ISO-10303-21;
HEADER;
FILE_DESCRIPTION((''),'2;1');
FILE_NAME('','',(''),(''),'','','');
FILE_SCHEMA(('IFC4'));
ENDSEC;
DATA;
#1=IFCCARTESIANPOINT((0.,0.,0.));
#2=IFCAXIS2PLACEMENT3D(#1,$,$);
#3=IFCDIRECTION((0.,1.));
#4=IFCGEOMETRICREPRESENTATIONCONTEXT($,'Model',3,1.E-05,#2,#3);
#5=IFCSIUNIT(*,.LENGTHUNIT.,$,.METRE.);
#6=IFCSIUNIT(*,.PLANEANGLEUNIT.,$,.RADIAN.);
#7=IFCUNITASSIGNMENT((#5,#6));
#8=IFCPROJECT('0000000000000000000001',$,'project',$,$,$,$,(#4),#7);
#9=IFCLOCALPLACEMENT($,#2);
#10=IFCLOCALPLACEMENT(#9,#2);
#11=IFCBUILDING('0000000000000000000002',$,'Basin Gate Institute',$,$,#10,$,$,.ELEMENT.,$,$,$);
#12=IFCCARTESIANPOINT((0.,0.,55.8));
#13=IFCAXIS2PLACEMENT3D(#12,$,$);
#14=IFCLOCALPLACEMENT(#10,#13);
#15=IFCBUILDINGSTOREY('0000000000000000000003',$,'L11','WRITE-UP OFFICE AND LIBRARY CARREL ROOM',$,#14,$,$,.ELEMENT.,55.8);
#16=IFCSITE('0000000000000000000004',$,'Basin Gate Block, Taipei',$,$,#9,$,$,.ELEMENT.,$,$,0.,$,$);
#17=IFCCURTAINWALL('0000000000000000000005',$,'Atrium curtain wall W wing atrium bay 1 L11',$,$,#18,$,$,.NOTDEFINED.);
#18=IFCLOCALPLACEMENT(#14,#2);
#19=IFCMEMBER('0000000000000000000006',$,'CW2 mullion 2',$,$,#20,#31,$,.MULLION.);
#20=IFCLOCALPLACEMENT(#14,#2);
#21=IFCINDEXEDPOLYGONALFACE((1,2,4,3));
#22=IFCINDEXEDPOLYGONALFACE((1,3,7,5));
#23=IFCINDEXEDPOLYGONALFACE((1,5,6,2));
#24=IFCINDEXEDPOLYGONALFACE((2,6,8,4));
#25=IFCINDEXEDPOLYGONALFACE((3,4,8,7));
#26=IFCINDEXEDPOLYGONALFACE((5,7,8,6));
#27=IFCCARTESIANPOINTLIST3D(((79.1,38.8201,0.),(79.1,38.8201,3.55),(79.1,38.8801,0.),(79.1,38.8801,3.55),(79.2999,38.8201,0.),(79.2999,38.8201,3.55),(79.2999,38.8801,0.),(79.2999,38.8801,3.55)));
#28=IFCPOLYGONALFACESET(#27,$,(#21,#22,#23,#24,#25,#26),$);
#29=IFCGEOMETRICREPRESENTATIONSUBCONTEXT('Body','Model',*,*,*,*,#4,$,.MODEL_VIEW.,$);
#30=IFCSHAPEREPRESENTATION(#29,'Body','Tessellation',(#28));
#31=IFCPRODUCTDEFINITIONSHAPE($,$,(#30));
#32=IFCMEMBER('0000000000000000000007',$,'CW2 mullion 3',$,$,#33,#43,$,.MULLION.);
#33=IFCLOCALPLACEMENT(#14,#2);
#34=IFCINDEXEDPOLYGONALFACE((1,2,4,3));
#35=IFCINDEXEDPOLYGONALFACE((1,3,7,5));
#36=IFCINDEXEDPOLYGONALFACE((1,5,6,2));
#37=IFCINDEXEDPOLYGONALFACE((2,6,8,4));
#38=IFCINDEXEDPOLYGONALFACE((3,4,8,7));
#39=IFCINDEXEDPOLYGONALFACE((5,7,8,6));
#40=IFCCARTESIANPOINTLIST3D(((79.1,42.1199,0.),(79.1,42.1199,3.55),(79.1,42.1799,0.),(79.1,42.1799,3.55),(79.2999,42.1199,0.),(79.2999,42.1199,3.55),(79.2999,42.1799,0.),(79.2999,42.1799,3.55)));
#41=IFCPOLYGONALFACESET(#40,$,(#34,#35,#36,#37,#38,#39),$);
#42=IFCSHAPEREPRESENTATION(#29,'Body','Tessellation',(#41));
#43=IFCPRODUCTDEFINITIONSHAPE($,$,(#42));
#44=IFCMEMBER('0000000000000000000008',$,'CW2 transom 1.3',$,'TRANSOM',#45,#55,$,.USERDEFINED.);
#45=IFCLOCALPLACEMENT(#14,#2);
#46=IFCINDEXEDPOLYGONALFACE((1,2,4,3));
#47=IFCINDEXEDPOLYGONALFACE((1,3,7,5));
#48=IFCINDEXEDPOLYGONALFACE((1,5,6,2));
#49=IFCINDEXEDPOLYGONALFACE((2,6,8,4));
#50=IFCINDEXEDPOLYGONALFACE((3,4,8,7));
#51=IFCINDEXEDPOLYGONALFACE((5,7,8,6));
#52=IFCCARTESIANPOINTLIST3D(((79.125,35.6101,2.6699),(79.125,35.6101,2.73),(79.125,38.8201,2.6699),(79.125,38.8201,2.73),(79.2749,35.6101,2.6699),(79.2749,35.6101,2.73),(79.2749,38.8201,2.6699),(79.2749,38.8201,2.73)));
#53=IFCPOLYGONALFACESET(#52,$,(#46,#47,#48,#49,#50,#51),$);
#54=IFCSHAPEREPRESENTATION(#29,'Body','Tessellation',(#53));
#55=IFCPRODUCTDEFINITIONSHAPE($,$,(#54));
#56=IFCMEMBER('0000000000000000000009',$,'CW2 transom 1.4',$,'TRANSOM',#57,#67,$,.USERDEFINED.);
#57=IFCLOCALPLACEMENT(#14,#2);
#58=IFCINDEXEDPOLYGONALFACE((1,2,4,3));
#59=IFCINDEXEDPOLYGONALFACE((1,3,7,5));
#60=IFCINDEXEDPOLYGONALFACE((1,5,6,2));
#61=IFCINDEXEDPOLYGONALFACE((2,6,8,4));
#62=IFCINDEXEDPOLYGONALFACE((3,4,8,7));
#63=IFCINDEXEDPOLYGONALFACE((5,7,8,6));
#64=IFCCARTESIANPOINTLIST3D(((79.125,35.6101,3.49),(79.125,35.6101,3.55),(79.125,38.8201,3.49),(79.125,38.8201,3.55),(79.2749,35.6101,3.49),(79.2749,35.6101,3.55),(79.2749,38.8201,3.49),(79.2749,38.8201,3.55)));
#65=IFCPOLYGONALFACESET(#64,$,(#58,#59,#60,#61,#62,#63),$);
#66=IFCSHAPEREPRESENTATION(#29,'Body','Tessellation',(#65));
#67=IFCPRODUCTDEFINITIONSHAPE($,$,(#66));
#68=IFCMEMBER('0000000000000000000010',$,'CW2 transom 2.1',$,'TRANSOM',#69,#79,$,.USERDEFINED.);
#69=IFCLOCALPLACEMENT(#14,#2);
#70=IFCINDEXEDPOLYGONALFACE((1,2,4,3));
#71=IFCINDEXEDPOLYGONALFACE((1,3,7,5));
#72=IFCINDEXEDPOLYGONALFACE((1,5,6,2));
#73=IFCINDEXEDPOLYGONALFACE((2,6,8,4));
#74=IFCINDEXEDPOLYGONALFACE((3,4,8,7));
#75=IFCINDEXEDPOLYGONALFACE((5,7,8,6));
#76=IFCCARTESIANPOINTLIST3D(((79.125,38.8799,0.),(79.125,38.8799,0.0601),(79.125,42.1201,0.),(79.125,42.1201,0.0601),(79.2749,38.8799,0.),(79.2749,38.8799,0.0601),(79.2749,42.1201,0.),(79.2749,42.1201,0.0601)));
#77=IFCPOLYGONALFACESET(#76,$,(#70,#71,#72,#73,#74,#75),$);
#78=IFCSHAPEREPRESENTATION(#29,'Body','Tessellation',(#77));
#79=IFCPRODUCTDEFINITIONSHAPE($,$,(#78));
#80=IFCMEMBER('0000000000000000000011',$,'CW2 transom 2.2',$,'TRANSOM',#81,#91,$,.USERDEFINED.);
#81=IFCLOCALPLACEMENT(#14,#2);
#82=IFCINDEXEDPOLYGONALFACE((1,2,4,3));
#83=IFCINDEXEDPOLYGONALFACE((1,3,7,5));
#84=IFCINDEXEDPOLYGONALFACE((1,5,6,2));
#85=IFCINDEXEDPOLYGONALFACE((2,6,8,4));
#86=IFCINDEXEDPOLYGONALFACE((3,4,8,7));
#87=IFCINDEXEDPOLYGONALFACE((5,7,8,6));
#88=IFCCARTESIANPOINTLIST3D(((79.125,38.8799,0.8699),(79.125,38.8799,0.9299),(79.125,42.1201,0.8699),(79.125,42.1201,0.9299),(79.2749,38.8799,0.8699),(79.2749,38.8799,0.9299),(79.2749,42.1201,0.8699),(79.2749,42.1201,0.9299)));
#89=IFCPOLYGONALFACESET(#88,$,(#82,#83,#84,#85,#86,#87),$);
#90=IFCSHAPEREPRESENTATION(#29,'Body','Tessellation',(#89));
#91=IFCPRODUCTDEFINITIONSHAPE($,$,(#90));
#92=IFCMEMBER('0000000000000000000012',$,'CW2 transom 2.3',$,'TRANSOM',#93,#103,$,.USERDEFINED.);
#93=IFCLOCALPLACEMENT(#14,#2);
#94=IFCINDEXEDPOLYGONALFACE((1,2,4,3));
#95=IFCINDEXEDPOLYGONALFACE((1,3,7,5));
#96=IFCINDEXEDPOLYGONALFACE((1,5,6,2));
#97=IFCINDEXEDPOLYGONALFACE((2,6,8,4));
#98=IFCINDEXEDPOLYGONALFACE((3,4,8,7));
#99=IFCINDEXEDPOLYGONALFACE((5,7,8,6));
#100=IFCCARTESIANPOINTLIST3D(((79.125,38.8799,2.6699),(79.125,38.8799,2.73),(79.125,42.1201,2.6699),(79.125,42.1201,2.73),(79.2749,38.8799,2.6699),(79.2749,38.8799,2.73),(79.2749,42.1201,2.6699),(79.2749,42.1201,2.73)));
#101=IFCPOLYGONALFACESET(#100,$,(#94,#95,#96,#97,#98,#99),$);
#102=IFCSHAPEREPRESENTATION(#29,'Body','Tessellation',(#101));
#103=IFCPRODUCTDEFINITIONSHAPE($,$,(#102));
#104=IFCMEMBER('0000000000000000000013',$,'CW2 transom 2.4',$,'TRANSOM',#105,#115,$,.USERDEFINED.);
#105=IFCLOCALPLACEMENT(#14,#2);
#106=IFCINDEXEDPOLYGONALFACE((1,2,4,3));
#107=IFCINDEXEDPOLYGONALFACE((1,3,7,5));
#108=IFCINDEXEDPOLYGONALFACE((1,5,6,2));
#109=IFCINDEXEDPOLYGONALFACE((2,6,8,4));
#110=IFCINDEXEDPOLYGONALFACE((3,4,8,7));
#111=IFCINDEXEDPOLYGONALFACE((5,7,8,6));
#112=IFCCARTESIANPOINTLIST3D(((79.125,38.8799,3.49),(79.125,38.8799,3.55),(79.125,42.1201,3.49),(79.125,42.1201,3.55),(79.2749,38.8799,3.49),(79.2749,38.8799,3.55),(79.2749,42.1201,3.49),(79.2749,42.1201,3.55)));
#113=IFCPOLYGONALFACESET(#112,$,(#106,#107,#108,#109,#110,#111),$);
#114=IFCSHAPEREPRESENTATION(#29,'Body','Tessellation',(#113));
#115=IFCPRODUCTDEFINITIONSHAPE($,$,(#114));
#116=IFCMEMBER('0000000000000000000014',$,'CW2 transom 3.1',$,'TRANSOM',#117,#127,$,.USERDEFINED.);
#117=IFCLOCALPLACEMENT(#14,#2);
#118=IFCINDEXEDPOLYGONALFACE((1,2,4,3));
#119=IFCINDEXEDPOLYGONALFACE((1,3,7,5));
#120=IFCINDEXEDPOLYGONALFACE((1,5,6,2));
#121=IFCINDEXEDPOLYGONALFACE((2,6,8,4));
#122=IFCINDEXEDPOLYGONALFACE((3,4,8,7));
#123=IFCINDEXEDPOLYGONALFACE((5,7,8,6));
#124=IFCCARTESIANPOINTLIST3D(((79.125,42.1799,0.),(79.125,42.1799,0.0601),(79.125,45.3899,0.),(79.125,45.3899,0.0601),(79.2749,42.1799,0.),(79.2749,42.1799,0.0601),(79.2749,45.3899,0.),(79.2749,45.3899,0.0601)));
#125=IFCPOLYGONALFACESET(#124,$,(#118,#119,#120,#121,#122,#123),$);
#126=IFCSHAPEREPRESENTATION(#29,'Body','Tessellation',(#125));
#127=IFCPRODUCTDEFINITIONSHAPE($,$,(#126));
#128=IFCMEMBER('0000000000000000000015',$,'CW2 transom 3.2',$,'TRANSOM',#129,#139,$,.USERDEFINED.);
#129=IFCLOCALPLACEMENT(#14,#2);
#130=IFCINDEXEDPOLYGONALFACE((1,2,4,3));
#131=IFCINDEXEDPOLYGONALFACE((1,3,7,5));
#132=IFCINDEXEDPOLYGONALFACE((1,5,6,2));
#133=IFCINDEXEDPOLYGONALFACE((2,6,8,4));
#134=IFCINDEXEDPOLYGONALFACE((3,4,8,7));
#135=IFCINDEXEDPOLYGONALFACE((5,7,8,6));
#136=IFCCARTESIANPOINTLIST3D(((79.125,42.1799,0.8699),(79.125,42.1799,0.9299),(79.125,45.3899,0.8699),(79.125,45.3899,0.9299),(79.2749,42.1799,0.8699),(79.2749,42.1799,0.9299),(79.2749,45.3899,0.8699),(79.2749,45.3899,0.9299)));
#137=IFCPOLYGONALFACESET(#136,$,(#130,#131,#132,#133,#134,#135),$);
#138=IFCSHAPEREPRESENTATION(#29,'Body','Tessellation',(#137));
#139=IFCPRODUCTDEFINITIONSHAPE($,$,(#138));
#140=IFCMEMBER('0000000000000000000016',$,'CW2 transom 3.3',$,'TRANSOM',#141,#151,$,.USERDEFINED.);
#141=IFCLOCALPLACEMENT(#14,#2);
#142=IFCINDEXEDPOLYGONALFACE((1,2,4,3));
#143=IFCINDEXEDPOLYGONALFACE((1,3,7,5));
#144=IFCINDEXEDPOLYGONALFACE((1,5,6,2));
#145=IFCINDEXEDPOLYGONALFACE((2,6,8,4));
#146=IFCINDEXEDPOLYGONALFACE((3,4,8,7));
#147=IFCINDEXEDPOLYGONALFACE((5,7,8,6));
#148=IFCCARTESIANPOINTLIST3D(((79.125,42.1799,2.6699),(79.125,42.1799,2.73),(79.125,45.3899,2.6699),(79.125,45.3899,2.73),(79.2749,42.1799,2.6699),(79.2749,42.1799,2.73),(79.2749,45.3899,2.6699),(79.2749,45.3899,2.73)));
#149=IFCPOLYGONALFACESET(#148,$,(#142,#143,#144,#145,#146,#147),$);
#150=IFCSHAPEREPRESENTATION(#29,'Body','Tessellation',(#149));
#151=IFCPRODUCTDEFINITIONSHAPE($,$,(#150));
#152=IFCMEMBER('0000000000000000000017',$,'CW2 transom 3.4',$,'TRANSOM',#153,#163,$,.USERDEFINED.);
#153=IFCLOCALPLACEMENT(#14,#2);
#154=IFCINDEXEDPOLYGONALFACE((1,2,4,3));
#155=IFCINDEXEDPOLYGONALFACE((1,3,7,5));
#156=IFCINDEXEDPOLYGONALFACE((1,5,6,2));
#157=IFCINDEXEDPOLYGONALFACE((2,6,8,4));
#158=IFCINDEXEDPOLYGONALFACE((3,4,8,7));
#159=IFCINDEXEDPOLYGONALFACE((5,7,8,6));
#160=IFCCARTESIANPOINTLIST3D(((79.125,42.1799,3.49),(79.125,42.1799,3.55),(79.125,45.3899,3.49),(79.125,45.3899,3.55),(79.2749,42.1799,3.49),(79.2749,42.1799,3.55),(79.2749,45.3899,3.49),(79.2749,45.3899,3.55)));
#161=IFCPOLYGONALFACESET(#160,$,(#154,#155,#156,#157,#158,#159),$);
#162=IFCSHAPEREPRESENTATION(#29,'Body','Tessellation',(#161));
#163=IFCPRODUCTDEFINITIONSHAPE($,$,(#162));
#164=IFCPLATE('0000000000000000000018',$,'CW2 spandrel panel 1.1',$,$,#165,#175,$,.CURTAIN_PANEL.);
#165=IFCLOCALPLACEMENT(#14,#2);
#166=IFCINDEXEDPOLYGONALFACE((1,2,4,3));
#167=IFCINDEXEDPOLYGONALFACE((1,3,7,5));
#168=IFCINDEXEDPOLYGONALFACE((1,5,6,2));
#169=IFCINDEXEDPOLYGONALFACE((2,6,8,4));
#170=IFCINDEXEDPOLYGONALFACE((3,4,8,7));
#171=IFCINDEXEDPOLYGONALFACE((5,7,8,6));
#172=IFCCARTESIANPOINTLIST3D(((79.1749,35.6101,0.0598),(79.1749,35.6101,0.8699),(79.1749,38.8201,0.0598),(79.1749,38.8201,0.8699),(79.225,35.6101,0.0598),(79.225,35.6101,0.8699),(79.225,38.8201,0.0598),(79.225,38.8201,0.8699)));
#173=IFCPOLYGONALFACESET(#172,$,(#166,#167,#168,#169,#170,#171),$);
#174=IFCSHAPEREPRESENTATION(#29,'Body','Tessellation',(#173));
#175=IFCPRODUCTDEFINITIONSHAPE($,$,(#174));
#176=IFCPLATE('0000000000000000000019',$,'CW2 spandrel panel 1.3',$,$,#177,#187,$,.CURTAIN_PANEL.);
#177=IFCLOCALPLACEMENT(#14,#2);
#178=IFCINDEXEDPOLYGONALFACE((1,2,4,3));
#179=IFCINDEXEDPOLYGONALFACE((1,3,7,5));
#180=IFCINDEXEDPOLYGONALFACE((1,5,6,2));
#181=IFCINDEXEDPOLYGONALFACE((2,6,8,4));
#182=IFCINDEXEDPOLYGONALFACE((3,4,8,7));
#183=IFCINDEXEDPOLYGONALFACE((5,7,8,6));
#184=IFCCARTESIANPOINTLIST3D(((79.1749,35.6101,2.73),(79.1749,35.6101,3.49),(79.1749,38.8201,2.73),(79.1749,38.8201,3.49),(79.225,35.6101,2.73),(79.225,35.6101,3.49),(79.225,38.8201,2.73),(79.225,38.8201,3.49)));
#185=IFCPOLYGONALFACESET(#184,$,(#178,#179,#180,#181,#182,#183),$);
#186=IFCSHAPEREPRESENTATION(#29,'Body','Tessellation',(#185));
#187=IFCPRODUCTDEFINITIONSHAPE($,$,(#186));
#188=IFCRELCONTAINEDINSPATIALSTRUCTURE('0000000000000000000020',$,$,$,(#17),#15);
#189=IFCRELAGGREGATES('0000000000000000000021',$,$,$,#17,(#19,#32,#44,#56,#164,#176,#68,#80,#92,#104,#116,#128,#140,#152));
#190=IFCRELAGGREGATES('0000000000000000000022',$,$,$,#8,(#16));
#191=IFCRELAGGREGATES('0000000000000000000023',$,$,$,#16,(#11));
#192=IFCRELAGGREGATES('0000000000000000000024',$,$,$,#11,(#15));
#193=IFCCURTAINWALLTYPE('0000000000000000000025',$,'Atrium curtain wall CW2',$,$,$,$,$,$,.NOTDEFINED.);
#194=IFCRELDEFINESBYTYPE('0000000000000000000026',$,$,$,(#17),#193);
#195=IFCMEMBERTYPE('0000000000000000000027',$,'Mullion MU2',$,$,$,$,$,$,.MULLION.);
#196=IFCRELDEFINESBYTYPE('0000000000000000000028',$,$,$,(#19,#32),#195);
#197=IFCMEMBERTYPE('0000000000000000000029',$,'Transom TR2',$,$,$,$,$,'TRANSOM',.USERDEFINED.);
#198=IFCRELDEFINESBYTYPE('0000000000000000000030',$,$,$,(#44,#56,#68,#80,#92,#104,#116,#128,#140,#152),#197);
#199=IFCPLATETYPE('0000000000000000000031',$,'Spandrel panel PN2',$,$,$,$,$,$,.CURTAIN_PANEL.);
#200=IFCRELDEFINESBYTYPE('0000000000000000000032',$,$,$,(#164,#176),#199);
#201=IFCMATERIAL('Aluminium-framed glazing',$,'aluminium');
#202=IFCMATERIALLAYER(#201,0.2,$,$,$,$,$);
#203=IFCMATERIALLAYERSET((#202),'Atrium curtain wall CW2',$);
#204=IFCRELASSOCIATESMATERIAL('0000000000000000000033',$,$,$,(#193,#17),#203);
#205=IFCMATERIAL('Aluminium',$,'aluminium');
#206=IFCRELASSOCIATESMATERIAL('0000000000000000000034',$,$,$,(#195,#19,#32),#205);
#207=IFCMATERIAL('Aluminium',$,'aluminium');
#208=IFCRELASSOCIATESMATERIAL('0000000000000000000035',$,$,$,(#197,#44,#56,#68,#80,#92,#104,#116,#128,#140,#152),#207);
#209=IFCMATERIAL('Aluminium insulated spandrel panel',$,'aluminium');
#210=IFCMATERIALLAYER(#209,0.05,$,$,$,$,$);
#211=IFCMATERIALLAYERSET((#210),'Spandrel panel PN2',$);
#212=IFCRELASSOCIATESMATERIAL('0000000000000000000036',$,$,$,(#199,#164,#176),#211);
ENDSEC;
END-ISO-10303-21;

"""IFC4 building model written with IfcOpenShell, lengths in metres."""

from ifc_helpers import new_model, si_unit, direction, frame, origin, origin_2d, place, context, subcontext, project, spatial, rectangle, extrude, material, layer, layer_set, material_profile, profile_set, type_object, element, aggregate, save


model = new_model("IFC4")

# Units and contexts
model_context = context("Model", 3, precision=1e-05, world=origin(), true_north=direction((0.0, 1.0)))
body_context = subcontext(model_context, "Body", "Model", "MODEL_VIEW")
ifc_project = project(units=[si_unit("LENGTHUNIT", "METRE"), si_unit("PLANEANGLEUNIT", "RADIAN")], contexts=[model_context])

# Site, building, storey
site_placement = place(None, origin())
site = spatial("IfcSite", under=ifc_project, at=site_placement, Name="Basin Gate Block, Taipei", CompositionType="ELEMENT", RefElevation=0.0)
building_placement = place(site_placement, origin())
building = spatial("IfcBuilding", under=site, at=building_placement, Name="Basin Gate Institute", CompositionType="ELEMENT")
storey_placement = place(building_placement, frame((0.0, 0.0, 55.8)))
storey = spatial("IfcBuildingStorey", under=building, at=storey_placement, Name="L11", Description="WRITE-UP OFFICE AND LIBRARY CARREL ROOM", CompositionType="ELEMENT", Elevation=55.8)

# Curtain wall, members, plates
ifc_material_1 = material(Name="Aluminium-framed glazing", Category="aluminium")
ifc_layer_1 = layer(ifc_material_1, 0.2)
ifc_layer_set_1 = layer_set([ifc_layer_1], Name="Atrium curtain wall CW2")
curtain_wall_type = type_object("IfcCurtainWallType", Name="Atrium curtain wall CW2", PredefinedType="NOTDEFINED", material=ifc_layer_set_1)
curtain_wall_placement = place(storey_placement, origin())
curtain_wall = element("IfcCurtainWall", 1, at=curtain_wall_placement, inside=storey, type_object=curtain_wall_type, material=ifc_layer_set_1, Name="Atrium curtain wall W wing atrium bay 1 L11", PredefinedType="NOTDEFINED")
ifc_material_2 = material(Name="Aluminium", Category="aluminium")
ifc_material_profile_1 = material_profile(ifc_material_2, rectangle(XDim=0.2, YDim=0.0601, at=origin_2d()), Name="Mullion MU2 200 x 60")
ifc_profile_set_1 = profile_set([ifc_material_profile_1], Name="Aluminium")
member_type_1 = type_object("IfcMemberType", Name="Mullion MU2", PredefinedType="MULLION", material=ifc_profile_set_1)
member_1_placement = place(storey_placement, frame((79.2, 38.8501, 0.0), z_axis=(0.0, 0.0, 1.0), x_axis=(-1.0, 0.0, 0.0)))
member_1 = element("IfcMember", 2, at=member_1_placement, type_object=member_type_1, material=ifc_profile_set_1, Name="CW2 mullion 2", PredefinedType="MULLION", context=body_context, shape_type="SweptSolid", body=[
    extrude(rectangle(XDim=0.2, YDim=0.0601, at=origin_2d()), origin(), (0.0, 0.0, 1.0), 3.55),
])
member_2_placement = place(storey_placement, frame((79.2, 42.1499, 0.0), z_axis=(0.0, 0.0, 1.0), x_axis=(-1.0, 0.0, 0.0)))
member_2 = element("IfcMember", 3, at=member_2_placement, type_object=member_type_1, material=ifc_profile_set_1, Name="CW2 mullion 3", PredefinedType="MULLION", context=body_context, shape_type="SweptSolid", body=[
    extrude(rectangle(XDim=0.2, YDim=0.0601, at=origin_2d()), origin(), (0.0, 0.0, 1.0), 3.55),
])
ifc_material_3 = material(Name="Aluminium", Category="aluminium")
ifc_material_profile_2 = material_profile(ifc_material_3, rectangle(XDim=0.1499, YDim=0.0601, at=origin_2d()), Name="Transom TR2 150 x 60")
ifc_profile_set_2 = profile_set([ifc_material_profile_2], Name="Aluminium")
member_type_2 = type_object("IfcMemberType", Name="Transom TR2", ElementType="TRANSOM", PredefinedType="USERDEFINED", material=ifc_profile_set_2)
member_3_placement = place(storey_placement, frame((79.2, 35.6101, 2.7), z_axis=(0.0, 1.0, 0.0), x_axis=(-1.0, 0.0, 0.0)))
member_3 = element("IfcMember", 4, at=member_3_placement, type_object=member_type_2, material=ifc_profile_set_2, Name="CW2 transom 1.3", ObjectType="TRANSOM", PredefinedType="USERDEFINED", context=body_context, shape_type="SweptSolid", body=[
    extrude(rectangle(XDim=0.1499, YDim=0.0601, at=origin_2d()), origin(), (0.0, 0.0, 1.0), 3.21),
])
member_4_placement = place(storey_placement, frame((79.2, 35.6101, 3.52), z_axis=(0.0, 1.0, 0.0), x_axis=(-1.0, 0.0, 0.0)))
member_4 = element("IfcMember", 5, at=member_4_placement, type_object=member_type_2, material=ifc_profile_set_2, Name="CW2 transom 1.4", ObjectType="TRANSOM", PredefinedType="USERDEFINED", context=body_context, shape_type="SweptSolid", body=[
    extrude(rectangle(XDim=0.1499, YDim=0.0601, at=origin_2d()), origin(), (0.0, 0.0, 1.0), 3.21),
])
member_5_placement = place(storey_placement, frame((79.2, 38.8799, 0.03), z_axis=(0.0, 1.0, 0.0), x_axis=(-1.0, 0.0, 0.0)))
member_5 = element("IfcMember", 6, at=member_5_placement, type_object=member_type_2, material=ifc_profile_set_2, Name="CW2 transom 2.1", ObjectType="TRANSOM", PredefinedType="USERDEFINED", context=body_context, shape_type="SweptSolid", body=[
    extrude(rectangle(XDim=0.1499, YDim=0.0601, at=origin_2d()), origin(), (0.0, 0.0, 1.0), 3.2402),
])
member_6_placement = place(storey_placement, frame((79.2, 38.8799, 0.8999), z_axis=(0.0, 1.0, 0.0), x_axis=(-1.0, 0.0, 0.0)))
member_6 = element("IfcMember", 7, at=member_6_placement, type_object=member_type_2, material=ifc_profile_set_2, Name="CW2 transom 2.2", ObjectType="TRANSOM", PredefinedType="USERDEFINED", context=body_context, shape_type="SweptSolid", body=[
    extrude(rectangle(XDim=0.1499, YDim=0.0601, at=origin_2d()), origin(), (0.0, 0.0, 1.0), 3.2402),
])
member_7_placement = place(storey_placement, frame((79.2, 38.8799, 2.7), z_axis=(0.0, 1.0, 0.0), x_axis=(-1.0, 0.0, 0.0)))
member_7 = element("IfcMember", 8, at=member_7_placement, type_object=member_type_2, material=ifc_profile_set_2, Name="CW2 transom 2.3", ObjectType="TRANSOM", PredefinedType="USERDEFINED", context=body_context, shape_type="SweptSolid", body=[
    extrude(rectangle(XDim=0.1499, YDim=0.0601, at=origin_2d()), origin(), (0.0, 0.0, 1.0), 3.2402),
])
member_8_placement = place(storey_placement, frame((79.2, 38.8799, 3.52), z_axis=(0.0, 1.0, 0.0), x_axis=(-1.0, 0.0, 0.0)))
member_8 = element("IfcMember", 9, at=member_8_placement, type_object=member_type_2, material=ifc_profile_set_2, Name="CW2 transom 2.4", ObjectType="TRANSOM", PredefinedType="USERDEFINED", context=body_context, shape_type="SweptSolid", body=[
    extrude(rectangle(XDim=0.1499, YDim=0.0601, at=origin_2d()), origin(), (0.0, 0.0, 1.0), 3.2402),
])
member_9_placement = place(storey_placement, frame((79.2, 42.1799, 0.03), z_axis=(0.0, 1.0, 0.0), x_axis=(-1.0, 0.0, 0.0)))
member_9 = element("IfcMember", 10, at=member_9_placement, type_object=member_type_2, material=ifc_profile_set_2, Name="CW2 transom 3.1", ObjectType="TRANSOM", PredefinedType="USERDEFINED", context=body_context, shape_type="SweptSolid", body=[
    extrude(rectangle(XDim=0.1499, YDim=0.0601, at=origin_2d()), origin(), (0.0, 0.0, 1.0), 3.21),
])
member_10_placement = place(storey_placement, frame((79.2, 42.1799, 0.8999), z_axis=(0.0, 1.0, 0.0), x_axis=(-1.0, 0.0, 0.0)))
member_10 = element("IfcMember", 11, at=member_10_placement, type_object=member_type_2, material=ifc_profile_set_2, Name="CW2 transom 3.2", ObjectType="TRANSOM", PredefinedType="USERDEFINED", context=body_context, shape_type="SweptSolid", body=[
    extrude(rectangle(XDim=0.1499, YDim=0.0601, at=origin_2d()), origin(), (0.0, 0.0, 1.0), 3.21),
])
member_11_placement = place(storey_placement, frame((79.2, 42.1799, 2.7), z_axis=(0.0, 1.0, 0.0), x_axis=(-1.0, 0.0, 0.0)))
member_11 = element("IfcMember", 12, at=member_11_placement, type_object=member_type_2, material=ifc_profile_set_2, Name="CW2 transom 3.3", ObjectType="TRANSOM", PredefinedType="USERDEFINED", context=body_context, shape_type="SweptSolid", body=[
    extrude(rectangle(XDim=0.1499, YDim=0.0601, at=origin_2d()), origin(), (0.0, 0.0, 1.0), 3.21),
])
member_12_placement = place(storey_placement, frame((79.2, 42.1799, 3.52), z_axis=(0.0, 1.0, 0.0), x_axis=(-1.0, 0.0, 0.0)))
member_12 = element("IfcMember", 13, at=member_12_placement, type_object=member_type_2, material=ifc_profile_set_2, Name="CW2 transom 3.4", ObjectType="TRANSOM", PredefinedType="USERDEFINED", context=body_context, shape_type="SweptSolid", body=[
    extrude(rectangle(XDim=0.1499, YDim=0.0601, at=origin_2d()), origin(), (0.0, 0.0, 1.0), 3.21),
])
ifc_material_4 = material(Name="Aluminium insulated spandrel panel", Category="aluminium")
ifc_layer_2 = layer(ifc_material_4, 0.05)
ifc_layer_set_2 = layer_set([ifc_layer_2], Name="Spandrel panel PN2")
plate_type_1 = type_object("IfcPlateType", Name="Spandrel panel PN2", PredefinedType="CURTAIN_PANEL", material=ifc_layer_set_2)
plate_1_placement = place(storey_placement, frame((79.2, 37.2151, 0.0598), z_axis=(0.0, 0.0, 1.0), x_axis=(0.0, 1.0, 0.0)))
plate_1 = element("IfcPlate", 14, at=plate_1_placement, type_object=plate_type_1, material=ifc_layer_set_2, Name="CW2 spandrel panel 1.1", PredefinedType="CURTAIN_PANEL", context=body_context, shape_type="SweptSolid", body=[
    extrude(rectangle(XDim=3.21, YDim=0.05, at=origin_2d()), origin(), (0.0, 0.0, 1.0), 0.8101),
])
plate_2_placement = place(storey_placement, frame((79.2, 37.2151, 2.73), z_axis=(0.0, 0.0, 1.0), x_axis=(0.0, 1.0, 0.0)))
plate_2 = element("IfcPlate", 15, at=plate_2_placement, type_object=plate_type_1, material=ifc_layer_set_2, Name="CW2 spandrel panel 1.3", PredefinedType="CURTAIN_PANEL", context=body_context, shape_type="SweptSolid", body=[
    extrude(rectangle(XDim=3.21, YDim=0.05, at=origin_2d()), origin(), (0.0, 0.0, 1.0), 0.76),
])
aggregate(curtain_wall, [member_1, member_2, member_3, member_4, plate_1, plate_2, member_5, member_6, member_7, member_8, member_9, member_10, member_11, member_12])

save(model, "model.ifc")
